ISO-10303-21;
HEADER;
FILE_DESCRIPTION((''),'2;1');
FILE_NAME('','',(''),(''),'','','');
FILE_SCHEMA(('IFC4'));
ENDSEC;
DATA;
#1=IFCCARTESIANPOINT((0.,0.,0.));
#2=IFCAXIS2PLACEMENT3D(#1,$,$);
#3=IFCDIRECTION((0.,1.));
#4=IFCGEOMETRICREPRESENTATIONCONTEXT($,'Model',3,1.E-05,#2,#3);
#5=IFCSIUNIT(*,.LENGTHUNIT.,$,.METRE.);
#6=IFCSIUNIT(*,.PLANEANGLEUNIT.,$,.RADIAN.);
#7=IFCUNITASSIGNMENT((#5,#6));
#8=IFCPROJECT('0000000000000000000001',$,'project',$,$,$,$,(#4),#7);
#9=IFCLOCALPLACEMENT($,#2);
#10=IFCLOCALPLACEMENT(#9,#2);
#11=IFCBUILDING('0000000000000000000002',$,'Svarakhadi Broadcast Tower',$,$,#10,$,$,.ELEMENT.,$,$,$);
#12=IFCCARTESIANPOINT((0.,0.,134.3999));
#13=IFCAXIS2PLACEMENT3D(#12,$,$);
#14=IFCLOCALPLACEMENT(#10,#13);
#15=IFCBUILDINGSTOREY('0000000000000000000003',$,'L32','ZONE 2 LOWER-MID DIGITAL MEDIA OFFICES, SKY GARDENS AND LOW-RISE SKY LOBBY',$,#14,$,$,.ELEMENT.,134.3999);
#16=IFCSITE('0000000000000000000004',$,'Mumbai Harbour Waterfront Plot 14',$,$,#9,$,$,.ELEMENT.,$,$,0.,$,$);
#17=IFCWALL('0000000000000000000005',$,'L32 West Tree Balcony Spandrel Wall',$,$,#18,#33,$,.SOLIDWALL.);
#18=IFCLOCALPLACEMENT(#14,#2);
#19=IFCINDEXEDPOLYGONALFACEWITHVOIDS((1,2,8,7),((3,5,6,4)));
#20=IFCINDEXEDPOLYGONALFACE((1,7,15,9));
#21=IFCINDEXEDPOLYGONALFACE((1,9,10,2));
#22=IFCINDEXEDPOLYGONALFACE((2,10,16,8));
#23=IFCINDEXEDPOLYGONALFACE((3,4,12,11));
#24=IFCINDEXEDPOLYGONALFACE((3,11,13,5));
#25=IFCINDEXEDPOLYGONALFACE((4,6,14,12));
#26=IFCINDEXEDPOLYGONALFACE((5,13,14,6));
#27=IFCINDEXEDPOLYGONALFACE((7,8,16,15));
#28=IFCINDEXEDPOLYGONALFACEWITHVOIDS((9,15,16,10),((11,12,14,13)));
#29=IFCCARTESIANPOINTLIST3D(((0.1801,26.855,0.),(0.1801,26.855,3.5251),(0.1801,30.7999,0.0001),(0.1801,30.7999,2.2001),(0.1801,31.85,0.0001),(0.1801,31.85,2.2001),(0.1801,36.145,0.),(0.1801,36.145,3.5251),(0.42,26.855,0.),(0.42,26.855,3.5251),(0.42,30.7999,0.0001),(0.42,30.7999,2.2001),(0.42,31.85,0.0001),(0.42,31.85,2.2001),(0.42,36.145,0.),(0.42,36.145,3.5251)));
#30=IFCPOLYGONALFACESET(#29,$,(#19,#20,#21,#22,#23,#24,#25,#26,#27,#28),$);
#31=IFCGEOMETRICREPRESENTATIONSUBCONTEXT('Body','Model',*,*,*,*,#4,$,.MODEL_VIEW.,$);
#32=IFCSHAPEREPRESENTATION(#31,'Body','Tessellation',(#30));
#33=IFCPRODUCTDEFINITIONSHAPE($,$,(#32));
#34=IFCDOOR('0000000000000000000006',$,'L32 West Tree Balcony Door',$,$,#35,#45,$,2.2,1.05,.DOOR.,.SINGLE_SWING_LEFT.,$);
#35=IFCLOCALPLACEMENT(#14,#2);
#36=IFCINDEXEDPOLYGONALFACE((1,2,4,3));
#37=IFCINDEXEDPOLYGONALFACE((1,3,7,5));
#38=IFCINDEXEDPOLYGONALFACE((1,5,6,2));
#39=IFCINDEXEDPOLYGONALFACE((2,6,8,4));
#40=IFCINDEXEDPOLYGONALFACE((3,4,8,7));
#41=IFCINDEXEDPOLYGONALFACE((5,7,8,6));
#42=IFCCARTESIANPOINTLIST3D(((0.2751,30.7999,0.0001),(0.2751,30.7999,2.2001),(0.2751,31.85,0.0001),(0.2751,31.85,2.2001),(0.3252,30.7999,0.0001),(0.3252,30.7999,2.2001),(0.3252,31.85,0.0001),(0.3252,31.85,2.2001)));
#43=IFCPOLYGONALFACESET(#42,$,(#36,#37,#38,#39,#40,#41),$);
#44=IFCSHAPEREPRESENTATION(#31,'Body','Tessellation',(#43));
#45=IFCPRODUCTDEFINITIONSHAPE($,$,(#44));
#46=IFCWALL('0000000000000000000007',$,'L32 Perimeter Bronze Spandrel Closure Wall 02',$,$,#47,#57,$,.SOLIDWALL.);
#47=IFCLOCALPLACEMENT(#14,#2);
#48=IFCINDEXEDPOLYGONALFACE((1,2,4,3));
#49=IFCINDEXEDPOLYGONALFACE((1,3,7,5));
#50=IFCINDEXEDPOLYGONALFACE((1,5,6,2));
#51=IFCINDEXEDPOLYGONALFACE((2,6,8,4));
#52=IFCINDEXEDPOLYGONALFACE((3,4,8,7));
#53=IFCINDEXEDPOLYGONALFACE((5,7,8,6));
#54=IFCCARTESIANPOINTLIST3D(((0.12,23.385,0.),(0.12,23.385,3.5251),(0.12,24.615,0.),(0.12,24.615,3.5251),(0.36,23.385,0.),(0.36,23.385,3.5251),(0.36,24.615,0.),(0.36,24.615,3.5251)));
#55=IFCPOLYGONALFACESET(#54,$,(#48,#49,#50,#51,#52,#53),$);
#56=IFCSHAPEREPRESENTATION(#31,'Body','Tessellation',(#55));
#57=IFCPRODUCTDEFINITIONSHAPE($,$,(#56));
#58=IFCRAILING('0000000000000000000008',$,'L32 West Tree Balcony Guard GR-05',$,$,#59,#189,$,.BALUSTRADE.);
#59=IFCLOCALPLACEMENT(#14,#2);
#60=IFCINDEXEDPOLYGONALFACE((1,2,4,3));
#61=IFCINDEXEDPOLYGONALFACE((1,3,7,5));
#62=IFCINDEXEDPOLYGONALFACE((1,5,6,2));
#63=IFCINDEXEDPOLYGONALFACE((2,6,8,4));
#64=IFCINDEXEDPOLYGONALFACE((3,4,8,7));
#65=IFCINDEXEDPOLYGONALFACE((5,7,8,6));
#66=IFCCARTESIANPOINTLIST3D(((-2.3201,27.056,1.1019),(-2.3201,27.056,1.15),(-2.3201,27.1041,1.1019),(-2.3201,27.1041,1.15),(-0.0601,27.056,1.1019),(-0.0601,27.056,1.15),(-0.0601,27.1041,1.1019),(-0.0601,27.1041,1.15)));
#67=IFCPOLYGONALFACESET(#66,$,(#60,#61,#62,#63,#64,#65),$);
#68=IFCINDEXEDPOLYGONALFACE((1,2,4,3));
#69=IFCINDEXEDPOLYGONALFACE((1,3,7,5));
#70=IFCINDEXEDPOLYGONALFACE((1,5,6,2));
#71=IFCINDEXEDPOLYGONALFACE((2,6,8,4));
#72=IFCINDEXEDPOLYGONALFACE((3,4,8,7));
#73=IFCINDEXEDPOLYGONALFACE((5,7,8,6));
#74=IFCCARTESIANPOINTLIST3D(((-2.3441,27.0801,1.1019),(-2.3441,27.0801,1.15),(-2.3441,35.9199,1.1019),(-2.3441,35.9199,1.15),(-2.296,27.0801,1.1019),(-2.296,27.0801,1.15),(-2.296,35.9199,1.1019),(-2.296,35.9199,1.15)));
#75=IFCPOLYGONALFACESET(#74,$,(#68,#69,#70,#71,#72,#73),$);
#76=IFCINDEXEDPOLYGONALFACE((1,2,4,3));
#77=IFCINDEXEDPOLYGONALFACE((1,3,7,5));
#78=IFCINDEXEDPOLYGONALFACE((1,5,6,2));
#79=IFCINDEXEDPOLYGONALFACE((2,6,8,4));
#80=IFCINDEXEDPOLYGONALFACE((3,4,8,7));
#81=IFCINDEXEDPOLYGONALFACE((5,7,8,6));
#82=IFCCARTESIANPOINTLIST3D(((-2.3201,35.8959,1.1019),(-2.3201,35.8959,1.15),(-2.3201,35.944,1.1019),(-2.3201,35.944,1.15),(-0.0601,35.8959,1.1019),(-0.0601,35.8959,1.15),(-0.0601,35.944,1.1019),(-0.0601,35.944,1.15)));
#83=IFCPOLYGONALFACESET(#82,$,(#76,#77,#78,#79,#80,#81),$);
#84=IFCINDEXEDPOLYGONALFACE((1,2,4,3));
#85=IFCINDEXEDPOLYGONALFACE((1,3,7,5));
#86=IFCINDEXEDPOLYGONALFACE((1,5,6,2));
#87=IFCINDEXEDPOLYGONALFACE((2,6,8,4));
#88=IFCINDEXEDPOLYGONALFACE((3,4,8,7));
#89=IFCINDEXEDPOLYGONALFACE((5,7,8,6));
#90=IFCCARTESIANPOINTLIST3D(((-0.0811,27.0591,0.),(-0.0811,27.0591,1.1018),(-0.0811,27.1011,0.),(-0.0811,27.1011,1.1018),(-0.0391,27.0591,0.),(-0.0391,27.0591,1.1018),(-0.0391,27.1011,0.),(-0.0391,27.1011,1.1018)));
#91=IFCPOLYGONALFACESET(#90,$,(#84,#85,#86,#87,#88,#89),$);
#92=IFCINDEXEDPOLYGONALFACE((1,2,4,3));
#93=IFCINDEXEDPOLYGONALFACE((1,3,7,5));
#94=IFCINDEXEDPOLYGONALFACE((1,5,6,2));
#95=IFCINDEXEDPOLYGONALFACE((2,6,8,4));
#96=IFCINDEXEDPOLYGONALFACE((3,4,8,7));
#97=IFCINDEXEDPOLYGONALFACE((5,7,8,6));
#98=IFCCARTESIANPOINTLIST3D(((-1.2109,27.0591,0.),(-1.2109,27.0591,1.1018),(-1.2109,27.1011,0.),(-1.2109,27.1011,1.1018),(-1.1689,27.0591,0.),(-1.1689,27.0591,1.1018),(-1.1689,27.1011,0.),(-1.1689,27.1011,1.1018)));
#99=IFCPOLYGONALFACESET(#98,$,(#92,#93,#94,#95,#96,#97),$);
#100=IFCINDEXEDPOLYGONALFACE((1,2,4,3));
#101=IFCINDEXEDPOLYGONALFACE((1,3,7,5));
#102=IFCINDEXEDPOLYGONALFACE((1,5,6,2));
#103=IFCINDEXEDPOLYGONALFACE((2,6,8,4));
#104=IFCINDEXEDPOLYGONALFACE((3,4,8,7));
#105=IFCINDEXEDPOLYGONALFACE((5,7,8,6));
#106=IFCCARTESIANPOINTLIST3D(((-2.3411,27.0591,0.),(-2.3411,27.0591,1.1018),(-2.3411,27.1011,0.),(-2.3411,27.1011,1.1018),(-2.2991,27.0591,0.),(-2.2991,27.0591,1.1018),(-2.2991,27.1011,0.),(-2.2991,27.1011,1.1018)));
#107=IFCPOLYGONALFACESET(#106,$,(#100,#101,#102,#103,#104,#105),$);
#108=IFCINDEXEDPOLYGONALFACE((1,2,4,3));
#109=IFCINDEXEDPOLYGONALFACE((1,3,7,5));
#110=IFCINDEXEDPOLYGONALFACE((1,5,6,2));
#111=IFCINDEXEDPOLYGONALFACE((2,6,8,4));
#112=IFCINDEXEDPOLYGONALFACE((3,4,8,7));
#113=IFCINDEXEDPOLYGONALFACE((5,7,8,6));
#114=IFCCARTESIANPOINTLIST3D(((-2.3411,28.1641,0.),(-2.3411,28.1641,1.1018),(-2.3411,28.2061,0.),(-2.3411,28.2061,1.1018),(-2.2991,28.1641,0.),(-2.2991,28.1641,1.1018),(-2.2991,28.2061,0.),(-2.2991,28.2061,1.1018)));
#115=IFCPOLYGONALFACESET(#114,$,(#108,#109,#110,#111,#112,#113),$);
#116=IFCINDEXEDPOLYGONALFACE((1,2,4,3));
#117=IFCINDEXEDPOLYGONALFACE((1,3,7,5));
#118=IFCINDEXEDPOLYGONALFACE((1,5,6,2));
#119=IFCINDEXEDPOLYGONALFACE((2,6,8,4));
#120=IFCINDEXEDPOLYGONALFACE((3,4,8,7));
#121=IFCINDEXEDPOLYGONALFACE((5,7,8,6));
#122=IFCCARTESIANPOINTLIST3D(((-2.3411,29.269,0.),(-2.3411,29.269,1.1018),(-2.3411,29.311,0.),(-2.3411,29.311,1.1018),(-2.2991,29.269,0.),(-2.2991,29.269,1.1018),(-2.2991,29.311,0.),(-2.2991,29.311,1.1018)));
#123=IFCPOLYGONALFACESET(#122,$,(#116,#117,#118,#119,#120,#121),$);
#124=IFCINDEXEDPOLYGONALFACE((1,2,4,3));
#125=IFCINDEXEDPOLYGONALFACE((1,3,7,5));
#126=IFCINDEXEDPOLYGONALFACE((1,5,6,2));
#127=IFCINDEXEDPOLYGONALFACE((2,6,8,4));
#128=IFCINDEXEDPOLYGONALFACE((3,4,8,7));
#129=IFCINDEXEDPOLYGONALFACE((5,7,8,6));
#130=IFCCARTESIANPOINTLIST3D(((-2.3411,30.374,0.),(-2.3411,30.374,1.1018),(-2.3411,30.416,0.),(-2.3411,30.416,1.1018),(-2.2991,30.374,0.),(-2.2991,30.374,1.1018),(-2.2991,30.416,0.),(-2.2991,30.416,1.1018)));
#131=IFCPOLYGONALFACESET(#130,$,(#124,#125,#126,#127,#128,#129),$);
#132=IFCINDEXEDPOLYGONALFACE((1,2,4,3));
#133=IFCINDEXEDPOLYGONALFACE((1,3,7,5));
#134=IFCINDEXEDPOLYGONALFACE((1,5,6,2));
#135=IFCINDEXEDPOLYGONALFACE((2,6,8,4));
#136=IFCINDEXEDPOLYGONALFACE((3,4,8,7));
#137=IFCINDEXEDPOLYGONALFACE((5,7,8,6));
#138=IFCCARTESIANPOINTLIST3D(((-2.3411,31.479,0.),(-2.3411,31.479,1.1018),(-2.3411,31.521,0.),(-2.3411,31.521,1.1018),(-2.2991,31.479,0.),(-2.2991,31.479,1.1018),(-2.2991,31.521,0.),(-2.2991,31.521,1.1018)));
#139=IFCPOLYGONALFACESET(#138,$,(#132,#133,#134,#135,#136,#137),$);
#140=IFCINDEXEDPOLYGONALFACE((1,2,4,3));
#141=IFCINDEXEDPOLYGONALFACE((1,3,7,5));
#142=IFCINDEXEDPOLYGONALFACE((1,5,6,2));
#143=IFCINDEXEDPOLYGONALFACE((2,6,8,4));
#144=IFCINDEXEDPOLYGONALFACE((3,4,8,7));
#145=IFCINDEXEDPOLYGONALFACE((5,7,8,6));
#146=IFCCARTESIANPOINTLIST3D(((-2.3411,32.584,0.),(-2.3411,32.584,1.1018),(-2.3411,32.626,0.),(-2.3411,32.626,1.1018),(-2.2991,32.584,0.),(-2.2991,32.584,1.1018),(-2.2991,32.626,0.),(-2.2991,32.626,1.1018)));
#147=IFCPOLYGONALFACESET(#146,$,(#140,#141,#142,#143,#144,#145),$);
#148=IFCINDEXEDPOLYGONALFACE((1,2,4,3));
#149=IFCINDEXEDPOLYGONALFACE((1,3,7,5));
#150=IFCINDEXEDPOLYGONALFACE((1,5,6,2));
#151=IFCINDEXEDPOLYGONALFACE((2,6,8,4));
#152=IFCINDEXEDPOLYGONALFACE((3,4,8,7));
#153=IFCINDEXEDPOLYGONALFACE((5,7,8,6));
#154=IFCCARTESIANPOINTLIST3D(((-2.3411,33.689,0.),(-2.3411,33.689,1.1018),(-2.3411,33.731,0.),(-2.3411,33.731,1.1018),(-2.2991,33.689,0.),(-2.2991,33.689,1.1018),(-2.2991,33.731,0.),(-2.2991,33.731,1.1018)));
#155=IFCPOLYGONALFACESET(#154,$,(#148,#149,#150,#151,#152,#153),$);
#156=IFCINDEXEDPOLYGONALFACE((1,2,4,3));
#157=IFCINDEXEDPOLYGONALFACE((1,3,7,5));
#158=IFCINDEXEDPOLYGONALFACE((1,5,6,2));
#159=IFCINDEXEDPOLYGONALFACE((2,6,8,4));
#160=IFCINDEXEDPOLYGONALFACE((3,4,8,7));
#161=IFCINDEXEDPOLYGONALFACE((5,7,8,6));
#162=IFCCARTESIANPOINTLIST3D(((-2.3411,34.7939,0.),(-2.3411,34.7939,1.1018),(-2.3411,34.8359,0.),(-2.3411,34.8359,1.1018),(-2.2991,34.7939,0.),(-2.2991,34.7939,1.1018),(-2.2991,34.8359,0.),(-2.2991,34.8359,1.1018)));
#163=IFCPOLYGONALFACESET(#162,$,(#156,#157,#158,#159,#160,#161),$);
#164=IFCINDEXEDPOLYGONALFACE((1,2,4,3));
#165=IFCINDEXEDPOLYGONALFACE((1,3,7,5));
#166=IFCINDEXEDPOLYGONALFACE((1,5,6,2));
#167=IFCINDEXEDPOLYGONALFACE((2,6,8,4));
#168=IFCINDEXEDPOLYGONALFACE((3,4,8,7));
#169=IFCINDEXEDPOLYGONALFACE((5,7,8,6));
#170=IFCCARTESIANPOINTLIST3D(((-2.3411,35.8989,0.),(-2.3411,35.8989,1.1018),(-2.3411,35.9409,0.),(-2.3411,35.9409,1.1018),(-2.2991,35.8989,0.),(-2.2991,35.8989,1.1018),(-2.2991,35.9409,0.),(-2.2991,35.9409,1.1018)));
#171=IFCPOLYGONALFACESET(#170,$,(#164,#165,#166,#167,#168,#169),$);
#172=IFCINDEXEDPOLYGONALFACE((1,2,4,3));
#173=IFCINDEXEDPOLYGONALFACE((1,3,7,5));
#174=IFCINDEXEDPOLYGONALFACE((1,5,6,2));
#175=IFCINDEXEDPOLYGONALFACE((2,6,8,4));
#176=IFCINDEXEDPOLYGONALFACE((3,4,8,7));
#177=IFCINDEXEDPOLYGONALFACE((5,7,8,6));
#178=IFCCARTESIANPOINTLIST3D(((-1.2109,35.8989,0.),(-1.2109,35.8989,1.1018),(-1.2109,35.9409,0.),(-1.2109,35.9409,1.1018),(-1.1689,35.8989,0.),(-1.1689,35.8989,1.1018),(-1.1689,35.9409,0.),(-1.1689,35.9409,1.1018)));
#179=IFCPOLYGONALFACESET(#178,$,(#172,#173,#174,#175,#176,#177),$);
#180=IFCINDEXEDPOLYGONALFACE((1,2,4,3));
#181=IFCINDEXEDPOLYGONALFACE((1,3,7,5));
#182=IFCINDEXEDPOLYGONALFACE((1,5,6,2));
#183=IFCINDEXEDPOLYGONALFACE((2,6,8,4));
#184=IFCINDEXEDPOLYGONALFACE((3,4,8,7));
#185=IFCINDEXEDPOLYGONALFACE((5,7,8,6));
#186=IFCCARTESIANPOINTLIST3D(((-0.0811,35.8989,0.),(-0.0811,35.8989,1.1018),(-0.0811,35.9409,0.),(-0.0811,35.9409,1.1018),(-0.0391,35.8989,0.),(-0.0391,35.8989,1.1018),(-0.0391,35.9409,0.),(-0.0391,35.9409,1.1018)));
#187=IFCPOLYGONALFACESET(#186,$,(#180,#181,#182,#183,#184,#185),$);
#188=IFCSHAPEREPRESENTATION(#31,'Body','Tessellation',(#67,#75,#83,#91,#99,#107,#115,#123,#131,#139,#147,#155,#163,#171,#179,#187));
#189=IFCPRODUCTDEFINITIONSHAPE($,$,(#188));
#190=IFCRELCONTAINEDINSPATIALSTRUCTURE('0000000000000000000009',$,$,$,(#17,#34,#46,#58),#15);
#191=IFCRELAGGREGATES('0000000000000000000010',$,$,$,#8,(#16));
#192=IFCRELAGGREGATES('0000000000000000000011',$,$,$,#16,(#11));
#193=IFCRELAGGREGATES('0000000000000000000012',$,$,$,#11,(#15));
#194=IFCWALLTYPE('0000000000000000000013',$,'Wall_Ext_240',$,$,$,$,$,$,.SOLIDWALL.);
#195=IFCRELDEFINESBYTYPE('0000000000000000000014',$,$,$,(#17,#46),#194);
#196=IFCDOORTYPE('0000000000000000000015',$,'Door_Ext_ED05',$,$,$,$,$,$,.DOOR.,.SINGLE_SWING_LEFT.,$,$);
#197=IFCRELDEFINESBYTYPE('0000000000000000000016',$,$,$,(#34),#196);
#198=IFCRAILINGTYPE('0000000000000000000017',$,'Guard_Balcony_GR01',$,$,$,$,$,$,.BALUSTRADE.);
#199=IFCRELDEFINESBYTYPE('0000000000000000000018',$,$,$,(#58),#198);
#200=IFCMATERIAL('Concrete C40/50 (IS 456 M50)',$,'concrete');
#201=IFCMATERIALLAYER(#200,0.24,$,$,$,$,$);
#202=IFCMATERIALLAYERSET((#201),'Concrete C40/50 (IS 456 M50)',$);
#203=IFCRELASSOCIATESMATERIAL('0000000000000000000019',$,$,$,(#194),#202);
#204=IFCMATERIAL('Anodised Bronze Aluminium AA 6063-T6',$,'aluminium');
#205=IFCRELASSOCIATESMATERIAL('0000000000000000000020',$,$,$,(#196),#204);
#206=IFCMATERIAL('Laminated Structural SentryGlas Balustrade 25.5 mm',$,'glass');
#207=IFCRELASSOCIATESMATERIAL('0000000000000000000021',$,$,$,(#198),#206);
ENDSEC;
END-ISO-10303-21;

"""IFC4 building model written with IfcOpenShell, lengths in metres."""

from ifc_helpers import new_model, si_unit, direction, frame, frame_2d, origin, origin_2d, place, context, subcontext, project, spatial, rectangle, extrude, material, layer, layer_set, type_object, element, fill, save


model = new_model("IFC4")

# Units and contexts
model_context = context("Model", 3, precision=1e-05, world=origin(), true_north=direction((0.0, 1.0)))
body_context = subcontext(model_context, "Body", "Model", "MODEL_VIEW")
ifc_project = project(units=[si_unit("LENGTHUNIT", "METRE"), si_unit("PLANEANGLEUNIT", "RADIAN")], contexts=[model_context])

# Site, building, storey
site_placement = place(None, origin())
site = spatial("IfcSite", under=ifc_project, at=site_placement, Name="Mumbai Harbour Waterfront Plot 14", CompositionType="ELEMENT", RefElevation=0.0)
building_placement = place(site_placement, origin())
building = spatial("IfcBuilding", under=site, at=building_placement, Name="Svarakhadi Broadcast Tower", CompositionType="ELEMENT")
storey_placement = place(building_placement, frame((0.0, 0.0, 134.3999)))
storey = spatial("IfcBuildingStorey", under=building, at=storey_placement, Name="L32", Description="ZONE 2 LOWER-MID DIGITAL MEDIA OFFICES, SKY GARDENS AND LOW-RISE SKY LOBBY", CompositionType="ELEMENT", Elevation=134.3999)

# Shared definitions
ifc_material_1 = material(Name="Anodised Bronze Aluminium AA 6063-T6", Category="aluminium")

# Wall, opening, door
ifc_material_2 = material(Name="Concrete C40/50 (IS 456 M50)", Category="concrete")
ifc_layer_1 = layer(ifc_material_2, 0.24)
ifc_layer_set_1 = layer_set([ifc_layer_1], Name="Concrete C40/50 (IS 456 M50)")
wall_type_1 = type_object("IfcWallType", Name="Wall_Ext_240", PredefinedType="SOLIDWALL", material=ifc_layer_set_1)
wall_1_placement = place(storey_placement, frame((0.3, 26.855, 0.0), z_axis=(0.0, 0.0, 1.0), x_axis=(0.0, 1.0, 0.0)))
wall_1 = element("IfcWall", 1, at=wall_1_placement, inside=storey, type_object=wall_type_1, Name="L32 West Tree Balcony Spandrel Wall", PredefinedType="SOLIDWALL", context=body_context, shape_type="SweptSolid", body=[
    extrude(rectangle(XDim=9.29, YDim=0.24, at=frame_2d((4.645, 0.0))), origin(), (0.0, 0.0, 1.0), 3.5251),
])
opening_1_placement = place(wall_1_placement, frame((3.9451, 0.0, 0.0)))
opening_1 = element("IfcOpeningElement", 2, at=opening_1_placement, cuts=wall_1, PredefinedType="OPENING", context=body_context, shape_type="SweptSolid", body=[
    extrude(rectangle(XDim=1.05, YDim=2.2, at=frame_2d((0.5249, 1.1001))), frame((0.0, 0.1299, 0.0), z_axis=(0.0, -1.0, 0.0), x_axis=(1.0, 0.0, 0.0)), (0.0, 0.0, 1.0), 0.26),
])
door_type_1 = type_object("IfcDoorType", Name="Door_Ext_ED05", OperationType="SINGLE_SWING_LEFT", PredefinedType="DOOR", material=ifc_material_1)
door_1_placement = place(opening_1_placement, origin())
door_1 = element("IfcDoor", 3, at=door_1_placement, inside=storey, type_object=door_type_1, Name="L32 West Tree Balcony Door", OperationType="SINGLE_SWING_LEFT", OverallHeight=2.2, OverallWidth=1.05, PredefinedType="DOOR", context=body_context, shape_type="SweptSolid", body=[
    extrude(rectangle(XDim=1.05, YDim=2.2, at=frame_2d((0.5249, 1.1001))), frame((0.0, 0.0249, 0.0), z_axis=(0.0, -1.0, 0.0), x_axis=(1.0, 0.0, 0.0)), (0.0, 0.0, 1.0), 0.05),
])
fill(opening_1, door_1)

# Wall
wall_2_placement = place(storey_placement, frame((0.24, 23.385, 0.0), z_axis=(0.0, 0.0, 1.0), x_axis=(0.0, 1.0, 0.0)))
element("IfcWall", 4, at=wall_2_placement, inside=storey, type_object=wall_type_1, Name="L32 Perimeter Bronze Spandrel Closure Wall 02", PredefinedType="SOLIDWALL", context=body_context, shape_type="SweptSolid", body=[
    extrude(rectangle(XDim=1.23, YDim=0.24, at=frame_2d((0.615, 0.0))), origin(), (0.0, 0.0, 1.0), 3.5251),
])

# Railing
ifc_material_3 = material(Name="Laminated Structural SentryGlas Balustrade 25.5 mm", Category="glass")
railing_type = type_object("IfcRailingType", Name="Guard_Balcony_GR01", PredefinedType="BALUSTRADE", material=ifc_material_3)
railing_placement = place(storey_placement, frame((-0.0601, 27.0801, 0.0)))
element("IfcRailing", 5, at=railing_placement, inside=storey, type_object=railing_type, Name="L32 West Tree Balcony Guard GR-05", PredefinedType="BALUSTRADE", context=body_context, shape_type="SweptSolid", body=[
    extrude(rectangle(XDim=0.0481, YDim=0.0481, at=origin_2d()), frame((0.0, 0.0, 1.126), z_axis=(-1.0, 0.0, 0.0), x_axis=(0.0, -1.0, 0.0)), (0.0, 0.0, 1.0), 2.26),
    extrude(rectangle(XDim=0.0481, YDim=0.0481, at=origin_2d()), frame((-2.26, 0.0, 1.126), z_axis=(0.0, 1.0, 0.0), x_axis=(-1.0, 0.0, 0.0)), (0.0, 0.0, 1.0), 8.8398),
    extrude(rectangle(XDim=0.0481, YDim=0.0481, at=origin_2d()), frame((-2.26, 8.8398, 1.126), z_axis=(1.0, 0.0, 0.0), x_axis=(0.0, 1.0, 0.0)), (0.0, 0.0, 1.0), 2.26),
    extrude(rectangle(XDim=0.042, YDim=0.042, at=origin_2d()), origin(), (0.0, 0.0, 1.0), 1.1018),
    extrude(rectangle(XDim=0.042, YDim=0.042, at=origin_2d()), frame((-1.1299, 0.0, 0.0)), (0.0, 0.0, 1.0), 1.1018),
    extrude(rectangle(XDim=0.042, YDim=0.042, at=origin_2d()), frame((-2.26, 0.0, 0.0)), (0.0, 0.0, 1.0), 1.1018),
    extrude(rectangle(XDim=0.042, YDim=0.042, at=origin_2d()), frame((-2.26, 1.105, 0.0)), (0.0, 0.0, 1.0), 1.1018),
    extrude(rectangle(XDim=0.042, YDim=0.042, at=origin_2d()), frame((-2.26, 2.21, 0.0)), (0.0, 0.0, 1.0), 1.1018),
    extrude(rectangle(XDim=0.042, YDim=0.042, at=origin_2d()), frame((-2.26, 3.3149, 0.0)), (0.0, 0.0, 1.0), 1.1018),
    extrude(rectangle(XDim=0.042, YDim=0.042, at=origin_2d()), frame((-2.26, 4.4199, 0.0)), (0.0, 0.0, 1.0), 1.1018),
    extrude(rectangle(XDim=0.042, YDim=0.042, at=origin_2d()), frame((-2.26, 5.5249, 0.0)), (0.0, 0.0, 1.0), 1.1018),
    extrude(rectangle(XDim=0.042, YDim=0.042, at=origin_2d()), frame((-2.26, 6.6299, 0.0)), (0.0, 0.0, 1.0), 1.1018),
    extrude(rectangle(XDim=0.042, YDim=0.042, at=origin_2d()), frame((-2.26, 7.7349, 0.0)), (0.0, 0.0, 1.0), 1.1018),
    extrude(rectangle(XDim=0.042, YDim=0.042, at=origin_2d()), frame((-2.26, 8.8398, 0.0)), (0.0, 0.0, 1.0), 1.1018),
    extrude(rectangle(XDim=0.042, YDim=0.042, at=origin_2d()), frame((-1.1299, 8.8398, 0.0)), (0.0, 0.0, 1.0), 1.1018),
    extrude(rectangle(XDim=0.042, YDim=0.042, at=origin_2d()), frame((0.0, 8.8398, 0.0)), (0.0, 0.0, 1.0), 1.1018),
])

save(model, "model.ifc")
